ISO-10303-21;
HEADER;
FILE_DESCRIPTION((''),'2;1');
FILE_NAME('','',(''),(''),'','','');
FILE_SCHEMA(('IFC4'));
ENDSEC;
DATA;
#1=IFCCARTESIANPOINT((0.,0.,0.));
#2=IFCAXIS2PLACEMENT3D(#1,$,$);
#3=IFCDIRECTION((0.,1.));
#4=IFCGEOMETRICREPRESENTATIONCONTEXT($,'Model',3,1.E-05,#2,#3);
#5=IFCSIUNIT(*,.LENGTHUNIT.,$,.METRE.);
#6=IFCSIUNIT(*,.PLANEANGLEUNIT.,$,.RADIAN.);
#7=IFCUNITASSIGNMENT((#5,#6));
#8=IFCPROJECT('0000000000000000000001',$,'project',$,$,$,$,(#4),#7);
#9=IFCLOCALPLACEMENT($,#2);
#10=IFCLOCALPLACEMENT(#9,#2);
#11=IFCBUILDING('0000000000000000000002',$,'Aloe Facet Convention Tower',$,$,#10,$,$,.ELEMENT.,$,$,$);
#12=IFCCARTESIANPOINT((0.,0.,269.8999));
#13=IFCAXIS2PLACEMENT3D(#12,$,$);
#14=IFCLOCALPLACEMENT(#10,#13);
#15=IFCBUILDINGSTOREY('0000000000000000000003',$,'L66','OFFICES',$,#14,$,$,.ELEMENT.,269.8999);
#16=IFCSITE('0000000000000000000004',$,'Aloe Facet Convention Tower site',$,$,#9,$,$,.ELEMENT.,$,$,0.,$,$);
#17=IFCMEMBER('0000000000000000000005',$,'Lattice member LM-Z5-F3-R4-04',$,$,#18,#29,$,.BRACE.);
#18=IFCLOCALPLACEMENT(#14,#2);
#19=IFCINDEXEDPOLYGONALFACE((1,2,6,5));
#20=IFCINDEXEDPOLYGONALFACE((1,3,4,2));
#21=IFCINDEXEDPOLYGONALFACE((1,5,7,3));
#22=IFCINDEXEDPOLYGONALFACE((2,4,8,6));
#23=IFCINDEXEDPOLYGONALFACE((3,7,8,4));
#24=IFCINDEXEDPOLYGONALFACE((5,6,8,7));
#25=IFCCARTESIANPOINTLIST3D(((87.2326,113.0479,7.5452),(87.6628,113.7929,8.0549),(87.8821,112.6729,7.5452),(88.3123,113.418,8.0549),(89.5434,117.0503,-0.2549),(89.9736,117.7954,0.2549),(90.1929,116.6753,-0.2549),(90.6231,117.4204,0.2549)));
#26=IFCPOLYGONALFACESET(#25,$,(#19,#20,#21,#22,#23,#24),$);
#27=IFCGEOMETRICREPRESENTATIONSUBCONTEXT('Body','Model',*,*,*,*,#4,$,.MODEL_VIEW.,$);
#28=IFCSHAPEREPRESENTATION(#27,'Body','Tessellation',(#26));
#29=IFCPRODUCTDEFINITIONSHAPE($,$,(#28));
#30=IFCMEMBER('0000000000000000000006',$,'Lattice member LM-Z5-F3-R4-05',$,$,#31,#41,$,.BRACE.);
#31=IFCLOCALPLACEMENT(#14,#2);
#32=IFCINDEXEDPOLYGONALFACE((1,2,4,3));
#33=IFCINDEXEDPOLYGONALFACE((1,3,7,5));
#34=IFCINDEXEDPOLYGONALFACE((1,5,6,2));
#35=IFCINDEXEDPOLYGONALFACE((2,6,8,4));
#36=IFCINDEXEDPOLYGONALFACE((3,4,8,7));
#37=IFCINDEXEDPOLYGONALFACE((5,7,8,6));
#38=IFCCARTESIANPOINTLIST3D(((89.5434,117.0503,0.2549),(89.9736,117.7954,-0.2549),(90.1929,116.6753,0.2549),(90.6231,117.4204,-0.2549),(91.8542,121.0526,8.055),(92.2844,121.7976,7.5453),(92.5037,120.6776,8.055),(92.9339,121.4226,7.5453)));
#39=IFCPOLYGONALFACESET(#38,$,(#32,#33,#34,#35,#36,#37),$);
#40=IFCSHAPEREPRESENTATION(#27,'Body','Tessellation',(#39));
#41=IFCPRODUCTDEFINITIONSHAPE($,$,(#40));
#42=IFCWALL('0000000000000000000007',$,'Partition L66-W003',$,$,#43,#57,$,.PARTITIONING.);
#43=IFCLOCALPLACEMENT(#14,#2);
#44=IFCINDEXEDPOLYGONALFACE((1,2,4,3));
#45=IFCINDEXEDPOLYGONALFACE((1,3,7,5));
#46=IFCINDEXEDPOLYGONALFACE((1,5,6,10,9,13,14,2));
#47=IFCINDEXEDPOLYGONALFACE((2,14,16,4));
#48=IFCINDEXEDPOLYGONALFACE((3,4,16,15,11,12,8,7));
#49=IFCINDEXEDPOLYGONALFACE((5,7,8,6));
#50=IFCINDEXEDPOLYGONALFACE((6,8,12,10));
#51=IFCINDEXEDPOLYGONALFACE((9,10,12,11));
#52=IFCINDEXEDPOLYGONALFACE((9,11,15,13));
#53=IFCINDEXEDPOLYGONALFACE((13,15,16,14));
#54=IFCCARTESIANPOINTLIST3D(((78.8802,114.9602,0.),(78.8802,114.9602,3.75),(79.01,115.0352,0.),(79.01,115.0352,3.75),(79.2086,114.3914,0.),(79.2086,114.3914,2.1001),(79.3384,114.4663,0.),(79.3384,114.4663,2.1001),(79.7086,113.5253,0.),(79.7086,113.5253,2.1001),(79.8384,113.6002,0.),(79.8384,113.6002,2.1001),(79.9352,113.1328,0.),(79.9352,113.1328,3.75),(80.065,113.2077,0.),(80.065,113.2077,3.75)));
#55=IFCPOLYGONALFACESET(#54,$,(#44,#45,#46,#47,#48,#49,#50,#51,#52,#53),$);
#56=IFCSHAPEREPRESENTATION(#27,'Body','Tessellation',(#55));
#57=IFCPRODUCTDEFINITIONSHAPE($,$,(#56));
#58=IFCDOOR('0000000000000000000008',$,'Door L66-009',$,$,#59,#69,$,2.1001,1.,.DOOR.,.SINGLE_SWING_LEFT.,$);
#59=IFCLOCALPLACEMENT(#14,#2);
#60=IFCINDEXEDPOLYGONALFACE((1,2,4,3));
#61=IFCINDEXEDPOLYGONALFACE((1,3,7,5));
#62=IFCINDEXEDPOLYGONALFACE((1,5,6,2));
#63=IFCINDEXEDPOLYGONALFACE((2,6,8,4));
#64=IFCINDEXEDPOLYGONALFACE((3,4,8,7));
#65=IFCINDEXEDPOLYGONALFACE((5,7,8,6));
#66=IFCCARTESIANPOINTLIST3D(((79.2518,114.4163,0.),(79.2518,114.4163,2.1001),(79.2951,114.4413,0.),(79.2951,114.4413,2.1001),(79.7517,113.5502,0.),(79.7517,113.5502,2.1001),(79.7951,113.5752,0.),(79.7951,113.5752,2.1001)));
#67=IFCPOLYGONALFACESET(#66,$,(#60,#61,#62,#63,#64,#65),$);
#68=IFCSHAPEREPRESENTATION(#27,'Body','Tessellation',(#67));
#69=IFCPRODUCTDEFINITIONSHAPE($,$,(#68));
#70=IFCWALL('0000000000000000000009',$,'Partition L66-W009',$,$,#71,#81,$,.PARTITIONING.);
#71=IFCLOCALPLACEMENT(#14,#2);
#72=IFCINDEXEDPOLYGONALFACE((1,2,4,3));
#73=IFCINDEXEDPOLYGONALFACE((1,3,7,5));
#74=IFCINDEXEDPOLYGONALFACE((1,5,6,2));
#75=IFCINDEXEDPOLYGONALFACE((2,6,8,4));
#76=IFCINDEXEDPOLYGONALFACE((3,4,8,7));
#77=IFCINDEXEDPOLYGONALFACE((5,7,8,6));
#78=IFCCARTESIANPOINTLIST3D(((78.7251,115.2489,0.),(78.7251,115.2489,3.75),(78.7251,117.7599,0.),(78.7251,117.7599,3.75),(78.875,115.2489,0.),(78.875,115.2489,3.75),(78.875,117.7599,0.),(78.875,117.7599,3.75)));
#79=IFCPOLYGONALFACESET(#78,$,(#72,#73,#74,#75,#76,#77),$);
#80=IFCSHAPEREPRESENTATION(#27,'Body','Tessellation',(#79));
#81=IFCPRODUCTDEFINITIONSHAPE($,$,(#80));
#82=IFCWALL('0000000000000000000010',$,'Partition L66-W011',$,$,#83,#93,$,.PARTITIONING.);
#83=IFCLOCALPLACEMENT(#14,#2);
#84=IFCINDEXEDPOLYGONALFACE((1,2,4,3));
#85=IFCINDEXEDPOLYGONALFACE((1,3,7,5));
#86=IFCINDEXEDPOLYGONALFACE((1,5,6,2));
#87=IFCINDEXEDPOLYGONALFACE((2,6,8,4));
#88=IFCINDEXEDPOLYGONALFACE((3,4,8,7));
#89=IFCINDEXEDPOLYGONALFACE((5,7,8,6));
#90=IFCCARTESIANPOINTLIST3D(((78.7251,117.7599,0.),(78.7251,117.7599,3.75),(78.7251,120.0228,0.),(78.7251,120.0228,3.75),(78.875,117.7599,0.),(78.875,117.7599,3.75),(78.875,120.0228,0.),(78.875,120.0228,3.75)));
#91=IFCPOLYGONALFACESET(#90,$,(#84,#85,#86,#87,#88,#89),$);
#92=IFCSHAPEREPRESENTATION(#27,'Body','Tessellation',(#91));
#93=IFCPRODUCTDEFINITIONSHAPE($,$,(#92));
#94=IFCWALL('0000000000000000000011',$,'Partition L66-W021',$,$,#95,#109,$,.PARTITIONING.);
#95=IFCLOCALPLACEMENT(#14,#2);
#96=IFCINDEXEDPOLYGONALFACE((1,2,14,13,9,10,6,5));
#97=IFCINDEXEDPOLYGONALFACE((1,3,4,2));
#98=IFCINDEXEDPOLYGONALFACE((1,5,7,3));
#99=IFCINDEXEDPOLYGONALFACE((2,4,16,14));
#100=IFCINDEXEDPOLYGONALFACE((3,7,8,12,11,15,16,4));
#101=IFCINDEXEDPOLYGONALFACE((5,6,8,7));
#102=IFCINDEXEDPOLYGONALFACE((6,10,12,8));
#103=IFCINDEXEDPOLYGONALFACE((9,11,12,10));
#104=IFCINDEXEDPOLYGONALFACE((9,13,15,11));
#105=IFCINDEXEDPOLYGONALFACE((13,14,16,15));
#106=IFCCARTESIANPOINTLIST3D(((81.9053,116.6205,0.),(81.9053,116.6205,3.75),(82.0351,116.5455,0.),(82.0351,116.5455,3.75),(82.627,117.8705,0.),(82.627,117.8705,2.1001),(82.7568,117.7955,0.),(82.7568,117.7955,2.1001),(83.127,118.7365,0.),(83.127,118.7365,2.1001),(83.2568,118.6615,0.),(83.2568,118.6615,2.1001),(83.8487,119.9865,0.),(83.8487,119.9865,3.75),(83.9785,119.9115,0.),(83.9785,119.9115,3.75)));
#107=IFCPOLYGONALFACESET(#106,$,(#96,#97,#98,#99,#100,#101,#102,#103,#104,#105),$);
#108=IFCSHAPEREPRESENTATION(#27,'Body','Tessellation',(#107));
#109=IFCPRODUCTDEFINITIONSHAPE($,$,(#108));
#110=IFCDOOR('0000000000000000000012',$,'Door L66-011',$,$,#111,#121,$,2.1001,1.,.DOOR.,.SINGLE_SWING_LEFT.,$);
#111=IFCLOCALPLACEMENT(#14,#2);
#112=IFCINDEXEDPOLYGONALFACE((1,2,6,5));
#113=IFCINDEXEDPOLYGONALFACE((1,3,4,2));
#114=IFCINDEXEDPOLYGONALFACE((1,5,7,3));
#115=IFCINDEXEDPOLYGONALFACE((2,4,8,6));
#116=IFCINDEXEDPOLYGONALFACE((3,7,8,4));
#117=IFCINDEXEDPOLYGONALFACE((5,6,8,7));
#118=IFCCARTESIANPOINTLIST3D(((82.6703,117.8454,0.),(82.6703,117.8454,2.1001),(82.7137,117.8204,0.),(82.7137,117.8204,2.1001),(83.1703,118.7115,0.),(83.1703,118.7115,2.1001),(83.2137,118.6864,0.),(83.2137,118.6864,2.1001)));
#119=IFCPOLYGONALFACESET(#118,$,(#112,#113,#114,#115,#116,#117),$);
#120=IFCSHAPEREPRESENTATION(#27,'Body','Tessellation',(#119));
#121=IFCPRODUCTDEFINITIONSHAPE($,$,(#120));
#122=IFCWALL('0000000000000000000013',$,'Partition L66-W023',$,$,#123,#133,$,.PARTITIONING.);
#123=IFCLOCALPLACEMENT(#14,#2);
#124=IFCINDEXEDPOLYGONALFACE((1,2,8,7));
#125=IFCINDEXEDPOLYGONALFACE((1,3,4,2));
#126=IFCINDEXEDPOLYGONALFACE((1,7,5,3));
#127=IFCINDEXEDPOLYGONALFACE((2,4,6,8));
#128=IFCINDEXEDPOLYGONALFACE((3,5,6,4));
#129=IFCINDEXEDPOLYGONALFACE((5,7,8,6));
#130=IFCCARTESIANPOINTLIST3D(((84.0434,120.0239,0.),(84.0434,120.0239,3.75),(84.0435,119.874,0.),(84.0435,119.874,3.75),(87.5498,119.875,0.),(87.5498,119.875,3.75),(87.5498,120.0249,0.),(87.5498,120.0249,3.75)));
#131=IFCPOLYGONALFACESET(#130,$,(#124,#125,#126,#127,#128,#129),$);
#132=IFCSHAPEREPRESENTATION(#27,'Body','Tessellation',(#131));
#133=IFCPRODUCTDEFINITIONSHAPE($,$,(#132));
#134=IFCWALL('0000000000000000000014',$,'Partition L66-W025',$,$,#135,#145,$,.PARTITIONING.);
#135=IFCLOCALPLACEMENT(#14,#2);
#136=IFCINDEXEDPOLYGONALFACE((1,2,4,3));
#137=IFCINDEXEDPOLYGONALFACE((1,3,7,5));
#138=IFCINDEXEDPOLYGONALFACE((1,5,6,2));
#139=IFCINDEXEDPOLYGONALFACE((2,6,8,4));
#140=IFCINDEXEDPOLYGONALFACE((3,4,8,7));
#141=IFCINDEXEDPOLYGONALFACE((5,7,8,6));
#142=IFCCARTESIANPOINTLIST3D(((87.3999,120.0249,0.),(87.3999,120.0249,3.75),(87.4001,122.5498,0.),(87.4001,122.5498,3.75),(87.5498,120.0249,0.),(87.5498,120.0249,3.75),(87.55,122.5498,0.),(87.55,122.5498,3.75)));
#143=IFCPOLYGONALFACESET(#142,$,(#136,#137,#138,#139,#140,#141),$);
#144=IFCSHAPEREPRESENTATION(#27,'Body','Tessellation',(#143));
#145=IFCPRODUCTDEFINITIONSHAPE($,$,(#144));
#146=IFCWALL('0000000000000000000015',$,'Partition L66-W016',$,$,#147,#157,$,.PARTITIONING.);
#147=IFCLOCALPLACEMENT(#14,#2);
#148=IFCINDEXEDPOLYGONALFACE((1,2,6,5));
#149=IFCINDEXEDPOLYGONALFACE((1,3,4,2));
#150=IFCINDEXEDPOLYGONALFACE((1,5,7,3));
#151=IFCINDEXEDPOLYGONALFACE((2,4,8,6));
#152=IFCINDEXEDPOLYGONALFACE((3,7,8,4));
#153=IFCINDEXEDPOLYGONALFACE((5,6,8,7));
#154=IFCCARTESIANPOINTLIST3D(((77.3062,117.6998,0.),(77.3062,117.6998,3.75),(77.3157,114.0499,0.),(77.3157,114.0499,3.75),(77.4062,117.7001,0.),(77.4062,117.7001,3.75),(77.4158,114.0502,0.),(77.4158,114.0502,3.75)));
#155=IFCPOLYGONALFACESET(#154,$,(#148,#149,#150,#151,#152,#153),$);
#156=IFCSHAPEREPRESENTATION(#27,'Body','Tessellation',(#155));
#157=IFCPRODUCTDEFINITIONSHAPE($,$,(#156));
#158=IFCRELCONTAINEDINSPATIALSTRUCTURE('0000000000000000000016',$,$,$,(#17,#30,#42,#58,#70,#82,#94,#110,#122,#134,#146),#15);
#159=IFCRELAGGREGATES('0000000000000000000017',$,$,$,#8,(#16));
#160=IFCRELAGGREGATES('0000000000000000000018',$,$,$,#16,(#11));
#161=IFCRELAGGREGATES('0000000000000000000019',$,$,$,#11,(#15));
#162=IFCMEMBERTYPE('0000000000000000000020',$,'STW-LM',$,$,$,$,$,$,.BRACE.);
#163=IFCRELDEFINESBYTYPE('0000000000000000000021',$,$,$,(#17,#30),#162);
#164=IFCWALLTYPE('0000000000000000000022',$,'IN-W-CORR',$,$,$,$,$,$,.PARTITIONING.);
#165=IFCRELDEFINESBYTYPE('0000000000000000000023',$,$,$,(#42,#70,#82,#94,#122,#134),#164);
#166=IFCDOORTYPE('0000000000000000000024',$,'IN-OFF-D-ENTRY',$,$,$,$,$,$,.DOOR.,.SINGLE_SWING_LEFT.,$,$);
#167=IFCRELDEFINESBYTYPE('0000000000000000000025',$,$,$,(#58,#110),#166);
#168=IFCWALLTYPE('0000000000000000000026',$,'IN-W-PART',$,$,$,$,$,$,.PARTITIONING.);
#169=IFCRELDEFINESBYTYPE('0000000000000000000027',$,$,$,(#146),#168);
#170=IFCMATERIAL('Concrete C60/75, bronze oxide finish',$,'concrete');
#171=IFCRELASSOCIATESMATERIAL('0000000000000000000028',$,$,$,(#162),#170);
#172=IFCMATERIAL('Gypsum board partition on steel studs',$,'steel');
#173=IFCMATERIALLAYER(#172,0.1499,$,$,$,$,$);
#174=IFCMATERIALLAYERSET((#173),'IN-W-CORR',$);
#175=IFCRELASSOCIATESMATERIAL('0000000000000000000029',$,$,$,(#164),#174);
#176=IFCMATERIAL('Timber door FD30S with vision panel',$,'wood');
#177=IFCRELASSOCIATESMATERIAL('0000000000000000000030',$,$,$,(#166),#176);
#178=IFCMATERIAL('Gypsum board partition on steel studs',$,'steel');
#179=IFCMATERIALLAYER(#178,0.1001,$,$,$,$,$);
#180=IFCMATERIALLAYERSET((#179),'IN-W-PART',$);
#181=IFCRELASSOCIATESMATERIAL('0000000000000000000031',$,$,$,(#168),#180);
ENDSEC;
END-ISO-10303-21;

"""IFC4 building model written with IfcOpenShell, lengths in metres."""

from ifc_helpers import new_model, si_unit, direction, frame, frame_2d, origin, origin_2d, place, context, subcontext, project, spatial, rectangle, extrude, material, layer, layer_set, material_profile, profile_set, type_object, element, fill, save


model = new_model("IFC4")

# Units and contexts
model_context = context("Model", 3, precision=1e-05, world=origin(), true_north=direction((0.0, 1.0)))
body_context = subcontext(model_context, "Body", "Model", "MODEL_VIEW")
ifc_project = project(units=[si_unit("LENGTHUNIT", "METRE"), si_unit("PLANEANGLEUNIT", "RADIAN")], contexts=[model_context])

# Site, building, storey
site_placement = place(None, origin())
site = spatial("IfcSite", under=ifc_project, at=site_placement, Name="Aloe Facet Convention Tower site", CompositionType="ELEMENT", RefElevation=0.0)
building_placement = place(site_placement, origin())
building = spatial("IfcBuilding", under=site, at=building_placement, Name="Aloe Facet Convention Tower", CompositionType="ELEMENT")
storey_placement = place(building_placement, frame((0.0, 0.0, 269.8999)))
storey = spatial("IfcBuildingStorey", under=building, at=storey_placement, Name="L66", Description="OFFICES", CompositionType="ELEMENT", Elevation=269.8999)

# Members
ifc_material_1 = material(Name="Concrete C60/75, bronze oxide finish", Category="concrete")
ifc_material_profile_1 = material_profile(ifc_material_1, rectangle(XDim=0.75, YDim=1.0, at=origin_2d()), Name="STW-LM")
ifc_profile_set_1 = profile_set([ifc_material_profile_1], Name="Concrete C60/75, bronze oxide finish")
member_type = type_object("IfcMemberType", Name="STW-LM", PredefinedType="BRACE", material=ifc_profile_set_1)
for number, where, z_axis, x_axis, name in (
    (1, (90.0833, 117.2354, 0.0), (-0.254873, -0.441458, 0.860322), (0.866027, -0.499997, 0.0), "Lattice member LM-Z5-F3-R4-04"),
    (2, (90.0833, 117.2354, 0.0), (0.254876, 0.441436, 0.860333), (-0.866014, 0.50002, 0.0), "Lattice member LM-Z5-F3-R4-05"),
):
    element("IfcMember", number, at=place(storey_placement, frame(where, z_axis=z_axis, x_axis=x_axis)), inside=storey, type_object=member_type, Name=name, PredefinedType="BRACE", context=body_context, shape_type="SweptSolid", body=[
        extrude(rectangle(XDim=0.75, YDim=1.0, at=origin_2d()), origin(), (0.0, 0.0, 1.0), 9.0664),
    ])

# Wall, opening, door
ifc_material_2 = material(Name="Gypsum board partition on steel studs", Category="steel")
ifc_layer_1 = layer(ifc_material_2, 0.1499)
ifc_layer_set_1 = layer_set([ifc_layer_1], Name="IN-W-CORR")
wall_type_1 = type_object("IfcWallType", Name="IN-W-CORR", PredefinedType="PARTITIONING", material=ifc_layer_set_1)
wall_1_placement = place(storey_placement, frame((78.9451, 114.9978, 0.0), z_axis=(0.0, 0.0, 1.0), x_axis=(0.499959, -0.866049, 0.0)))
wall_1 = element("IfcWall", 3, at=wall_1_placement, inside=storey, type_object=wall_type_1, Name="Partition L66-W003", PredefinedType="PARTITIONING", context=body_context, shape_type="SweptSolid", body=[
    extrude(rectangle(XDim=2.1101, YDim=0.1499, at=frame_2d((1.0552, 0.0))), origin(), (0.0, 0.0, 1.0), 3.75),
])
opening_1_placement = place(wall_1_placement, frame((0.657, 0.0, 0.0)))
opening_1 = element("IfcOpeningElement", 4, at=opening_1_placement, cuts=wall_1, PredefinedType="OPENING", context=body_context, shape_type="SweptSolid", body=[
    extrude(rectangle(XDim=1.0, YDim=2.1001, at=frame_2d((0.5, 1.05))), frame((0.0, 0.085, 0.0), z_axis=(0.0, -1.0, 0.0), x_axis=(1.0, 0.0, 0.0)), (0.0, 0.0, 1.0), 0.1699),
])
ifc_material_3 = material(Name="Timber door FD30S with vision panel", Category="wood")
door_type_1 = type_object("IfcDoorType", Name="IN-OFF-D-ENTRY", OperationType="SINGLE_SWING_LEFT", PredefinedType="DOOR", material=ifc_material_3)
door_1_placement = place(opening_1_placement, origin())
door_1 = element("IfcDoor", 5, at=door_1_placement, inside=storey, type_object=door_type_1, Name="Door L66-009", OperationType="SINGLE_SWING_LEFT", OverallHeight=2.1001, OverallWidth=1.0, PredefinedType="DOOR", context=body_context, shape_type="SweptSolid", body=[
    extrude(rectangle(XDim=1.0, YDim=2.1001, at=frame_2d((0.5, 1.05))), frame((0.0, 0.0249, 0.0), z_axis=(0.0, -1.0, 0.0), x_axis=(1.0, 0.0, 0.0)), (0.0, 0.0, 1.0), 0.05),
])
fill(opening_1, door_1)

# Walls
wall_2_placement = place(storey_placement, frame((78.8, 115.249, 0.0), z_axis=(0.0, 0.0, 1.0), x_axis=(0.0, 1.0, 0.0)))
element("IfcWall", 6, at=wall_2_placement, inside=storey, type_object=wall_type_1, Name="Partition L66-W009", PredefinedType="PARTITIONING", context=body_context, shape_type="SweptSolid", body=[
    extrude(rectangle(XDim=2.511, YDim=0.1499, at=frame_2d((1.2554, 0.0))), origin(), (0.0, 0.0, 1.0), 3.75),
])
wall_3_placement = place(storey_placement, frame((78.8, 117.76, 0.0), z_axis=(0.0, 0.0, 1.0), x_axis=(0.0, 1.0, 0.0)))
element("IfcWall", 7, at=wall_3_placement, inside=storey, type_object=wall_type_1, Name="Partition L66-W011", PredefinedType="PARTITIONING", context=body_context, shape_type="SweptSolid", body=[
    extrude(rectangle(XDim=2.2629, YDim=0.1499, at=frame_2d((1.1313, 0.0))), origin(), (0.0, 0.0, 1.0), 3.75),
])

# Wall, opening, door
wall_4_placement = place(storey_placement, frame((81.9702, 116.583, 0.0), z_axis=(0.0, 0.0, 1.0), x_axis=(0.500003, 0.866023, 0.0)))
wall_4 = element("IfcWall", 8, at=wall_4_placement, inside=storey, type_object=wall_type_1, Name="Partition L66-W021", PredefinedType="PARTITIONING", context=body_context, shape_type="SweptSolid", body=[
    extrude(rectangle(XDim=3.8867, YDim=0.1499, at=frame_2d((1.9434, 0.0))), origin(), (0.0, 0.0, 1.0), 3.75),
])
opening_2_placement = place(wall_4_placement, frame((1.4434, 0.0, 0.0)))
opening_2 = element("IfcOpeningElement", 9, at=opening_2_placement, cuts=wall_4, PredefinedType="OPENING", context=body_context, shape_type="SweptSolid", body=[
    extrude(rectangle(XDim=1.0, YDim=2.1001, at=frame_2d((0.5, 1.05))), frame((0.0, 0.085, 0.0), z_axis=(0.0, -1.0, 0.0), x_axis=(1.0, 0.0, 0.0)), (0.0, 0.0, 1.0), 0.1699),
])
door_2_placement = place(opening_2_placement, origin())
door_2 = element("IfcDoor", 10, at=door_2_placement, inside=storey, type_object=door_type_1, Name="Door L66-011", OperationType="SINGLE_SWING_LEFT", OverallHeight=2.1001, OverallWidth=1.0, PredefinedType="DOOR", context=body_context, shape_type="SweptSolid", body=[
    extrude(rectangle(XDim=1.0, YDim=2.1001, at=frame_2d((0.5, 1.05))), frame((0.0, 0.0249, 0.0), z_axis=(0.0, -1.0, 0.0), x_axis=(1.0, 0.0, 0.0)), (0.0, 0.0, 1.0), 0.05),
])
fill(opening_2, door_2)

# Walls
wall_5_placement = place(storey_placement, frame((84.0435, 119.949, 0.0), z_axis=(0.0, 0.0, 1.0), x_axis=(1.0, 0.000279, 0.0)))
element("IfcWall", 11, at=wall_5_placement, inside=storey, type_object=wall_type_1, Name="Partition L66-W023", PredefinedType="PARTITIONING", context=body_context, shape_type="SweptSolid", body=[
    extrude(rectangle(XDim=3.5063, YDim=0.1499, at=frame_2d((1.7532, 0.0))), origin(), (0.0, 0.0, 1.0), 3.75),
])
wall_6_placement = place(storey_placement, frame((87.4749, 120.0249, 0.0), z_axis=(0.0, 0.0, 1.0), x_axis=(0.000097, 1.0, 0.0)))
element("IfcWall", 12, at=wall_6_placement, inside=storey, type_object=wall_type_1, Name="Partition L66-W025", PredefinedType="PARTITIONING", context=body_context, shape_type="SweptSolid", body=[
    extrude(rectangle(XDim=2.5249, YDim=0.1499, at=frame_2d((1.2625, 0.0))), origin(), (0.0, 0.0, 1.0), 3.75),
])
ifc_material_4 = material(Name="Gypsum board partition on steel studs", Category="steel")
ifc_layer_2 = layer(ifc_material_4, 0.1001)
ifc_layer_set_2 = layer_set([ifc_layer_2], Name="IN-W-PART")
wall_type_2 = type_object("IfcWallType", Name="IN-W-PART", PredefinedType="PARTITIONING", material=ifc_layer_set_2)
wall_7_placement = place(storey_placement, frame((77.3657, 114.05, 0.0), z_axis=(0.0, 0.0, 1.0), x_axis=(-0.002609, 0.999997, 0.0)))
element("IfcWall", 13, at=wall_7_placement, inside=storey, type_object=wall_type_2, Name="Partition L66-W016", PredefinedType="PARTITIONING", context=body_context, shape_type="SweptSolid", body=[
    extrude(rectangle(XDim=3.6499, YDim=0.1001, at=frame_2d((1.825, 0.0))), origin(), (0.0, 0.0, 1.0), 3.75),
])

save(model, "model.ifc")
